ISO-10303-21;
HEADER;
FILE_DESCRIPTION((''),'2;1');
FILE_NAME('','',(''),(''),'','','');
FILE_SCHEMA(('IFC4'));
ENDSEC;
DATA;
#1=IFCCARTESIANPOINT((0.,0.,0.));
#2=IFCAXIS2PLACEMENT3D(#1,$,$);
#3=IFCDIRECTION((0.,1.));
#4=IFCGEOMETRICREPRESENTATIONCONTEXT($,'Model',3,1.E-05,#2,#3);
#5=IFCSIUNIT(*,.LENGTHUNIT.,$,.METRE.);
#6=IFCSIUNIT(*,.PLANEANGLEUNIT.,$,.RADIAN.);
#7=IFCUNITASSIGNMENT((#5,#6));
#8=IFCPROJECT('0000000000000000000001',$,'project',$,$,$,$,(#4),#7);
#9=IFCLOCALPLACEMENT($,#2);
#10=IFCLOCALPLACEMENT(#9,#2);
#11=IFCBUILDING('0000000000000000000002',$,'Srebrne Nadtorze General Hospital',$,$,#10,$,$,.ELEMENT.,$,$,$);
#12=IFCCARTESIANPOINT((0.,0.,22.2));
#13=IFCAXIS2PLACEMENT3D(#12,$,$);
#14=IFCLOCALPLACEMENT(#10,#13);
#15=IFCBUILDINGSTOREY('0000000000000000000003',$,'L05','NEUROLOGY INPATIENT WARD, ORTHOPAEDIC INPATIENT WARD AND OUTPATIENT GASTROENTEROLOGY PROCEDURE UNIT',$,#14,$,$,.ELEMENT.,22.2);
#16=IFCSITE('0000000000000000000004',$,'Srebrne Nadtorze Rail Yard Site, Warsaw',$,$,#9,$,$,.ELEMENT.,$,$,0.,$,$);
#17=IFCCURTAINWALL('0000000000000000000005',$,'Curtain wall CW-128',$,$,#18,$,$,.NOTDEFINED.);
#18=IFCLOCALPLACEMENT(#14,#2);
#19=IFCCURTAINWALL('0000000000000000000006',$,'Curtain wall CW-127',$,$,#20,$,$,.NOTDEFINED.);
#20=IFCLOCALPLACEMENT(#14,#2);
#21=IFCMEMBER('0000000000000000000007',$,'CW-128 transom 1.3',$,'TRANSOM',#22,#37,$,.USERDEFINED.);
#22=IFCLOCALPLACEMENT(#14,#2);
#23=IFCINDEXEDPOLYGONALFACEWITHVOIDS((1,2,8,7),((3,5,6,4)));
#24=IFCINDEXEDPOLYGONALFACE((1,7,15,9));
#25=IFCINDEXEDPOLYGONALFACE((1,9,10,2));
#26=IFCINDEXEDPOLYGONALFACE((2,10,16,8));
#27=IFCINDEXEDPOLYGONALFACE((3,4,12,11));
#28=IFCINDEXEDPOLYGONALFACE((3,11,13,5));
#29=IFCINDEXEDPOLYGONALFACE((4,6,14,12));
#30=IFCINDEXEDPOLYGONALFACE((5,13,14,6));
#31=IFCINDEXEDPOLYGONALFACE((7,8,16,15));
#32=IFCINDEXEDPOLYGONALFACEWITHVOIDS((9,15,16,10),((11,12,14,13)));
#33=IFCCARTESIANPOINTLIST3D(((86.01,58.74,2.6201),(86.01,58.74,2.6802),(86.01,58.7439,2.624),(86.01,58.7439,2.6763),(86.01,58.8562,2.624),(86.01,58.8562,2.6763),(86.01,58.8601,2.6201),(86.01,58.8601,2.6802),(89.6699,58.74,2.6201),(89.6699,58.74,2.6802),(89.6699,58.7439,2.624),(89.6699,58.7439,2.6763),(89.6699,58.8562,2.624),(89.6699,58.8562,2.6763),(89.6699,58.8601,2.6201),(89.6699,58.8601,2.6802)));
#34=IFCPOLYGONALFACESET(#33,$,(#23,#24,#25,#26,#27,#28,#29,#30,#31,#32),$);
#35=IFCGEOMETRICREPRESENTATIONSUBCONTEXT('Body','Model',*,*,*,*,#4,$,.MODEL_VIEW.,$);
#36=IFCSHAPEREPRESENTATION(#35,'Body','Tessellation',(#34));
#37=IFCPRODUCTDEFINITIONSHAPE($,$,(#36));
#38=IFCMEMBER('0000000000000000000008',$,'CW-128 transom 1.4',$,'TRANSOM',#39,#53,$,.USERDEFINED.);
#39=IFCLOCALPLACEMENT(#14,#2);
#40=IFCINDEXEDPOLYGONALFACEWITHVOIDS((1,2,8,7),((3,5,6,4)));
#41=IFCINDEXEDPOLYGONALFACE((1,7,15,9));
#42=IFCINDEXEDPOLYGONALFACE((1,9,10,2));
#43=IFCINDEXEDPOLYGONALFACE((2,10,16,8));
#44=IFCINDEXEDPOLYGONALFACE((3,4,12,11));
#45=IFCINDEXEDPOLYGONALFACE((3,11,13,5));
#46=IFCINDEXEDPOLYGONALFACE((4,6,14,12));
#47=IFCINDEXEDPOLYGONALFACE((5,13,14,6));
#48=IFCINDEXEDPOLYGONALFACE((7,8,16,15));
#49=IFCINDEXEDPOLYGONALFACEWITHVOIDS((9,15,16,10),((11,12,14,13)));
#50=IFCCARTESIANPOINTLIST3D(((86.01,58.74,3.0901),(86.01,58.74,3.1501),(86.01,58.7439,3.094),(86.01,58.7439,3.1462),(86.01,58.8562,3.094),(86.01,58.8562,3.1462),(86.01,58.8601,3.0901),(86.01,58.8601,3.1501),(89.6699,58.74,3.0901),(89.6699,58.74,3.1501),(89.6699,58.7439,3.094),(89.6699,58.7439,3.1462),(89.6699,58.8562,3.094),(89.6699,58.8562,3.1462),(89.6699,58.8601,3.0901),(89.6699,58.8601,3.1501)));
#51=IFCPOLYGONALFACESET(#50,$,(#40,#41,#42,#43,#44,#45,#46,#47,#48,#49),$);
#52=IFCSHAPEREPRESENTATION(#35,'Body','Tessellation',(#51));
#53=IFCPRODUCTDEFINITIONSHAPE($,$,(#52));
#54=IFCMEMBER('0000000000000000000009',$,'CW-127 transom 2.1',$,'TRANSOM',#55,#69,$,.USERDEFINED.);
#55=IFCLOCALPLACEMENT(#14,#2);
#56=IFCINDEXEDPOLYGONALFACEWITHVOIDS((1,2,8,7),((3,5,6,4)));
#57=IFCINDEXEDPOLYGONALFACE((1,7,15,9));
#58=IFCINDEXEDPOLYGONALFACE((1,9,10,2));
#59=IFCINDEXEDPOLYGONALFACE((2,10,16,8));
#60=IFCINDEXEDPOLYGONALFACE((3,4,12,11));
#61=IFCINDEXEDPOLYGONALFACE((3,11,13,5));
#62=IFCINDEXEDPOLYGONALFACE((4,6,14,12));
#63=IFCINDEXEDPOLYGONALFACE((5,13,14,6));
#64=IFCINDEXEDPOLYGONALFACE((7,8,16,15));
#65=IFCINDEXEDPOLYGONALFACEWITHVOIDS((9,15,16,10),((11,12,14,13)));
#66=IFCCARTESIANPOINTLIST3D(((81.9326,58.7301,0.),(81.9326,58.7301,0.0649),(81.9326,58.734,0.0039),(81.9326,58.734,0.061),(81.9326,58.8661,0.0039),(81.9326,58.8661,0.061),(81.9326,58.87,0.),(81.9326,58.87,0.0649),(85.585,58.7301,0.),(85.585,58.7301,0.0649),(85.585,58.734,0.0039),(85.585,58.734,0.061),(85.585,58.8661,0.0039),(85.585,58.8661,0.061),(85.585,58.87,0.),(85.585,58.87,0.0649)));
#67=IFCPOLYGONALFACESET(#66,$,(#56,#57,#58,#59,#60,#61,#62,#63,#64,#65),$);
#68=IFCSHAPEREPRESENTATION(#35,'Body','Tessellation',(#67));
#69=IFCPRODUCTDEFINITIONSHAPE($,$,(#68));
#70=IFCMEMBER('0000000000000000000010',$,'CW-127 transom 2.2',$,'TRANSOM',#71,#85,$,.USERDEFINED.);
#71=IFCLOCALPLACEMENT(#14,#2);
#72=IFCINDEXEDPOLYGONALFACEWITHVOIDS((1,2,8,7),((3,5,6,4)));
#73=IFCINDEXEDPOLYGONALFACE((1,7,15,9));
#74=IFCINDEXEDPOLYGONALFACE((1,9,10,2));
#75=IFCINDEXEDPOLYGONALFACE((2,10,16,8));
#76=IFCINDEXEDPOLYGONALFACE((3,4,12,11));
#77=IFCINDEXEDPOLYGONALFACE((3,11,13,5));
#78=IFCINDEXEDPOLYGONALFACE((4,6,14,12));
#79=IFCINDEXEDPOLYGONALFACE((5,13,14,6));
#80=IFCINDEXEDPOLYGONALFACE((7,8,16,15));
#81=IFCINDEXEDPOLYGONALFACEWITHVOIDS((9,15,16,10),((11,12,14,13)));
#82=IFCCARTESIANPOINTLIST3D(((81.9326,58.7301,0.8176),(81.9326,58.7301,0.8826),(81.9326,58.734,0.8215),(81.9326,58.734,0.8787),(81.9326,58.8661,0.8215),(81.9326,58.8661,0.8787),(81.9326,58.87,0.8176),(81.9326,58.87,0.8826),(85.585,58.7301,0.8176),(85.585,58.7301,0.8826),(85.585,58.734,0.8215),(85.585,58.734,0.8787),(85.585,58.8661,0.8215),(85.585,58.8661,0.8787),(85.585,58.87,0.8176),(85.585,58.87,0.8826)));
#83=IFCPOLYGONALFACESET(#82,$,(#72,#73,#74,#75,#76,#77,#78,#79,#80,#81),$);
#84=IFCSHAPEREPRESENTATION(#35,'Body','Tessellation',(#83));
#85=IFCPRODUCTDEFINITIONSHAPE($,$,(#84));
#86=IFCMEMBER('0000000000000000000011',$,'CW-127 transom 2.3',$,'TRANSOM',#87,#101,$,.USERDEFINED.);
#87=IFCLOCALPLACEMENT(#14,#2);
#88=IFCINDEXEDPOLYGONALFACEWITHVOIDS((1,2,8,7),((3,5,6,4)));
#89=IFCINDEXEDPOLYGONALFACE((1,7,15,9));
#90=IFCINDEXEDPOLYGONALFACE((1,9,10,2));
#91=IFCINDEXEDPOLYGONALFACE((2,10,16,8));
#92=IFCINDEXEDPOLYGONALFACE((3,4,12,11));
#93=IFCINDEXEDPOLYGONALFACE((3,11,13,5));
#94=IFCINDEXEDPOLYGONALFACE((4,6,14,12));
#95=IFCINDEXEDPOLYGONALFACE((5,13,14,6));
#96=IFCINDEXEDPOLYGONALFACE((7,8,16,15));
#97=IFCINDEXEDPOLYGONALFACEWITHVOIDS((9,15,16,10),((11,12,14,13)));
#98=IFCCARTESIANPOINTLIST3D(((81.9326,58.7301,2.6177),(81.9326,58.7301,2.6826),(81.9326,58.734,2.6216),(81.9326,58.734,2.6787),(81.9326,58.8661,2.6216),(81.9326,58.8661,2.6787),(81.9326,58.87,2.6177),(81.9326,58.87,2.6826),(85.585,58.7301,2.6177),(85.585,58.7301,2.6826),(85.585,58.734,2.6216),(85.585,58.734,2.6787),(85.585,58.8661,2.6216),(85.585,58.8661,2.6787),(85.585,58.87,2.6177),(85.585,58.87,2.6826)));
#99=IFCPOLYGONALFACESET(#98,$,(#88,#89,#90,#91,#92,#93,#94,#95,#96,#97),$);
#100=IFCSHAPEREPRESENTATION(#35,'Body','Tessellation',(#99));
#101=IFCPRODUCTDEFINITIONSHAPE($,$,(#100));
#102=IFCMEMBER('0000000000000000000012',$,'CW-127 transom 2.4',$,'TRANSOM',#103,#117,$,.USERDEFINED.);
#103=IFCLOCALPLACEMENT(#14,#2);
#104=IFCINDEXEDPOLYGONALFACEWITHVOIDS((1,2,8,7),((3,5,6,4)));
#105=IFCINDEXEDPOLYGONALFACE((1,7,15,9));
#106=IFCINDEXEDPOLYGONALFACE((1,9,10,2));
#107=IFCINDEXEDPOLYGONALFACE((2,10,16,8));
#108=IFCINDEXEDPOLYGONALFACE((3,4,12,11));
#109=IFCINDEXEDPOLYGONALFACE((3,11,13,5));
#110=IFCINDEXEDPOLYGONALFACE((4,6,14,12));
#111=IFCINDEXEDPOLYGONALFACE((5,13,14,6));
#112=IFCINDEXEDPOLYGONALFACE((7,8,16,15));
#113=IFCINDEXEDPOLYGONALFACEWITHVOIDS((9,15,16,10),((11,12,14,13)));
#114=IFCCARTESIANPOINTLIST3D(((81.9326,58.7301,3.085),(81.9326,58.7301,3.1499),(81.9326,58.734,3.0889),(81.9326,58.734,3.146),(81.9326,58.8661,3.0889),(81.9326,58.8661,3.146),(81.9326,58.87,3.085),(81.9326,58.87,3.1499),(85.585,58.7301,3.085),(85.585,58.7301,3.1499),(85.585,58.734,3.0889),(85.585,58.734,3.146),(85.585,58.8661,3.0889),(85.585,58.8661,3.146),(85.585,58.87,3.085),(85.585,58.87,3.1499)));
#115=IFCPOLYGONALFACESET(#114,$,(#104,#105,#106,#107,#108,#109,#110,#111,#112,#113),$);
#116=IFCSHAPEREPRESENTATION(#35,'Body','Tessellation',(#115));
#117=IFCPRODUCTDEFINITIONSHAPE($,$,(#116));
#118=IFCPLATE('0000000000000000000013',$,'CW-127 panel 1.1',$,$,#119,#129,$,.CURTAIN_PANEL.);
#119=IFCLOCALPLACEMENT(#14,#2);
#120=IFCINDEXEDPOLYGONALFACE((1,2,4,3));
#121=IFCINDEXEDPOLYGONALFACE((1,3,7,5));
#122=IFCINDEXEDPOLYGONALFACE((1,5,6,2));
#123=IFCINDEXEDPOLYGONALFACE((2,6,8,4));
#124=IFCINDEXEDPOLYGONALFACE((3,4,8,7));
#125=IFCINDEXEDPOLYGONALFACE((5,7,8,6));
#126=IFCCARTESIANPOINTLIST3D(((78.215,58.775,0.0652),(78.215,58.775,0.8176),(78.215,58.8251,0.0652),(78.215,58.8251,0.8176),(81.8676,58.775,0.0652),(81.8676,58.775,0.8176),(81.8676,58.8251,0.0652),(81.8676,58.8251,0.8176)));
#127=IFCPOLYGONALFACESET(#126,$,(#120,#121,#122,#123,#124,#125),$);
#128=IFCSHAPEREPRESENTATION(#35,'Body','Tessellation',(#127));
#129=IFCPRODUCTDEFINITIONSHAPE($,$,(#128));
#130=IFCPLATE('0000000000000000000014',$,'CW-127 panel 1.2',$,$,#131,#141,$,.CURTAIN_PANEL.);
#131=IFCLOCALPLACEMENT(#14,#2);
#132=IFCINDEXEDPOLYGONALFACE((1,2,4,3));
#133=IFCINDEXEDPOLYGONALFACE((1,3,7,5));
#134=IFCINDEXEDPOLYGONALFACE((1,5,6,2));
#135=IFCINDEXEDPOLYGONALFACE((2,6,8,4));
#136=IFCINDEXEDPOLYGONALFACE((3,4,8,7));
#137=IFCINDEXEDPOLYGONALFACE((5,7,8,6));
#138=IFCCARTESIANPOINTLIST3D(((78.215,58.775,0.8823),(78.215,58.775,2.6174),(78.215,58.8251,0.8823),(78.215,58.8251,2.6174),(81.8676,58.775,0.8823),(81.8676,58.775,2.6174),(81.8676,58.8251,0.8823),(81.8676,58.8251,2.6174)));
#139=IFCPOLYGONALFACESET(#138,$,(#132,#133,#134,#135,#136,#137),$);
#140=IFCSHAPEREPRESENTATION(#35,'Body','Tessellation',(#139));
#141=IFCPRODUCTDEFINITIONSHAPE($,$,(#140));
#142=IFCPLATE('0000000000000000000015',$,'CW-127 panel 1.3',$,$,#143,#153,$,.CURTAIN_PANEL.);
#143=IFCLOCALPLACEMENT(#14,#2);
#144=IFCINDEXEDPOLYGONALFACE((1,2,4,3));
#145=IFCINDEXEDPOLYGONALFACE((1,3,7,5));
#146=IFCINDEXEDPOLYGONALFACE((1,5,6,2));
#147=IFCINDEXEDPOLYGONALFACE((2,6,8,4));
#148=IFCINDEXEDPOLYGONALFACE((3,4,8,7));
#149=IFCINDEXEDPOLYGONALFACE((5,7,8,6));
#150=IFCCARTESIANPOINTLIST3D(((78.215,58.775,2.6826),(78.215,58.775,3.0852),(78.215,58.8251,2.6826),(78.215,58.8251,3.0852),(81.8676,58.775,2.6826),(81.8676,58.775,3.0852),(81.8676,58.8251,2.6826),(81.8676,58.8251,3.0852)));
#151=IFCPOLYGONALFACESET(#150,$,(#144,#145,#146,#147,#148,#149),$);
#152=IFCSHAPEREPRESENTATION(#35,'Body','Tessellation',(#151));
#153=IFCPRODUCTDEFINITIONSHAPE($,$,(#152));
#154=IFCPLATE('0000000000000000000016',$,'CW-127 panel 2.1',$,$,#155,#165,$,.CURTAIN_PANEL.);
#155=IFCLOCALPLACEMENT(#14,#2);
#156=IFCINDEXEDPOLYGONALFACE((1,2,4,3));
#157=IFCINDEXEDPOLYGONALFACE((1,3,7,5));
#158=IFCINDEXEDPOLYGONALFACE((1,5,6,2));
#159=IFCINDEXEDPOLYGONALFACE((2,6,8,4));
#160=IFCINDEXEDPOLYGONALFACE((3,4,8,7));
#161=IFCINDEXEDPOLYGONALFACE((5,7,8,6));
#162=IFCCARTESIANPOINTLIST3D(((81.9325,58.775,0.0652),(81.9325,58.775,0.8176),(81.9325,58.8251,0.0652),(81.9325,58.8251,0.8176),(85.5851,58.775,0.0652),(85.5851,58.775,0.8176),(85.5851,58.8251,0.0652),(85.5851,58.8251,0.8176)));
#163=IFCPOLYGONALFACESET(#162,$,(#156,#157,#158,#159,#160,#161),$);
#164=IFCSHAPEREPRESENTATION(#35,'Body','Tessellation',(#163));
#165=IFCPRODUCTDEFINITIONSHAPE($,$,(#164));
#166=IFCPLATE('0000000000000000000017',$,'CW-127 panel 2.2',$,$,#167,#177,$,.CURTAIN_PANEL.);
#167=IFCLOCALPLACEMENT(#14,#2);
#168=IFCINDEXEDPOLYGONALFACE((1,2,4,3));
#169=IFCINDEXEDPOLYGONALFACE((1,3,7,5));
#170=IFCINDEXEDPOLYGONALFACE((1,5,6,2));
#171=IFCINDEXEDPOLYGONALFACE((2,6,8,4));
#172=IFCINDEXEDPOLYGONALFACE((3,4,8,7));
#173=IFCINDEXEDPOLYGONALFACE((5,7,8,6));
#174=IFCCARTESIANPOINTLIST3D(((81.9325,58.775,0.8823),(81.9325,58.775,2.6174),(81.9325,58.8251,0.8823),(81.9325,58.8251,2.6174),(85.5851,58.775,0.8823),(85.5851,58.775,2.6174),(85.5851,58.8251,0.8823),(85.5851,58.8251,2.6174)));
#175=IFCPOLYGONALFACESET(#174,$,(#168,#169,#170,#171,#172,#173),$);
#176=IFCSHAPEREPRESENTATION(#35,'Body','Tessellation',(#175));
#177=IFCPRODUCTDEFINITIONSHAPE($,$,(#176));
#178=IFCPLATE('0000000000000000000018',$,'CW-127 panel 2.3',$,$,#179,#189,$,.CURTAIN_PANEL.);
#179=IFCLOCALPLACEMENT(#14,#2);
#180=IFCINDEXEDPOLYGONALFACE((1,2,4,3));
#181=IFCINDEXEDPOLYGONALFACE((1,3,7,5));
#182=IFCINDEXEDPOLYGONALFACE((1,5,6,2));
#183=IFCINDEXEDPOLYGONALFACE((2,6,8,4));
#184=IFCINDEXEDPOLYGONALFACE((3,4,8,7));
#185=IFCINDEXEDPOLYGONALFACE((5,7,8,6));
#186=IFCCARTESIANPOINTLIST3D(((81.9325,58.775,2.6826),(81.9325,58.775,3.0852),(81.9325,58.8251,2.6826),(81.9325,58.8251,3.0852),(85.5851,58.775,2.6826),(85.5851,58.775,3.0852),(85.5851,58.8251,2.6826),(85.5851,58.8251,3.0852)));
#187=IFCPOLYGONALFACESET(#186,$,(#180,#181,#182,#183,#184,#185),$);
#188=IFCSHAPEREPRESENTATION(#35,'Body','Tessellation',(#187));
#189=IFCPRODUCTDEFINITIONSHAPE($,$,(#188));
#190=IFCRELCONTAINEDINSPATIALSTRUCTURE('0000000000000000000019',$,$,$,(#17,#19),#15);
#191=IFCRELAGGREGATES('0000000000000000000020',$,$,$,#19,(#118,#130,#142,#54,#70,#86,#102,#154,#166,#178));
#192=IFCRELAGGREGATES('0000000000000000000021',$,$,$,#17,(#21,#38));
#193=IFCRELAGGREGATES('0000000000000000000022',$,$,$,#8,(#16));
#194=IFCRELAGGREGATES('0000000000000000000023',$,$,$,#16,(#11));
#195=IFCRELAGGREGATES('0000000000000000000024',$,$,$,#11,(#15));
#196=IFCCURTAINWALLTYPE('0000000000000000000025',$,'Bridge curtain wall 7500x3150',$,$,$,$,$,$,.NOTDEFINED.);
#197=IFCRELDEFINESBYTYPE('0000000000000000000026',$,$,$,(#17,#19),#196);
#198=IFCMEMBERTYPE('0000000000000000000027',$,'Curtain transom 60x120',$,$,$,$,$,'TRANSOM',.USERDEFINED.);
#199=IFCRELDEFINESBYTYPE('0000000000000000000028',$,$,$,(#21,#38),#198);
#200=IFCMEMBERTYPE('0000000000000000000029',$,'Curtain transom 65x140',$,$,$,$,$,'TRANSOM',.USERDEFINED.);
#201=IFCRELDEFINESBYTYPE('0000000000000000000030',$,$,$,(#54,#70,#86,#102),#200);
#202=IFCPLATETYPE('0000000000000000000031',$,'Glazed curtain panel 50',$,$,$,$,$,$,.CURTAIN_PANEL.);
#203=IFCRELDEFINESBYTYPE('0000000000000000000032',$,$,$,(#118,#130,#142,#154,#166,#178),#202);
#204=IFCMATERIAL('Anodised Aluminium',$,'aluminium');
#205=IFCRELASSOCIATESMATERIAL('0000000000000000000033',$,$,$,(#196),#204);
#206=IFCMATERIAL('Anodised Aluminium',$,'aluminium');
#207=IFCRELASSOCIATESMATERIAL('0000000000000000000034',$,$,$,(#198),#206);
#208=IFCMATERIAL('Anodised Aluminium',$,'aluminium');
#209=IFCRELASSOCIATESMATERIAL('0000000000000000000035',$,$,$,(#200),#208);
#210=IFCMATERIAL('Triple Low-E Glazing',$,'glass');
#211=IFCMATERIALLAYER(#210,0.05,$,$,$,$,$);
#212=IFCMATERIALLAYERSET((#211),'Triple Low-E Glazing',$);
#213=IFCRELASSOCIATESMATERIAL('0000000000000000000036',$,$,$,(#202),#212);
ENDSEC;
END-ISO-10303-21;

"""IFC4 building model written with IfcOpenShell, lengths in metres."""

from ifc_helpers import new_model, si_unit, direction, frame, origin, origin_2d, place, context, subcontext, project, spatial, rectangle, hollow_rectangle, extrude, material, layer, layer_set, material_profile, profile_set, type_object, element, aggregate, save


model = new_model("IFC4")

# Units and contexts
model_context = context("Model", 3, precision=1e-05, world=origin(), true_north=direction((0.0, 1.0)))
body_context = subcontext(model_context, "Body", "Model", "MODEL_VIEW")
ifc_project = project(units=[si_unit("LENGTHUNIT", "METRE"), si_unit("PLANEANGLEUNIT", "RADIAN")], contexts=[model_context])

# Site, building, storey
site_placement = place(None, origin())
site = spatial("IfcSite", under=ifc_project, at=site_placement, Name="Srebrne Nadtorze Rail Yard Site, Warsaw", CompositionType="ELEMENT", RefElevation=0.0)
building_placement = place(site_placement, origin())
building = spatial("IfcBuilding", under=site, at=building_placement, Name="Srebrne Nadtorze General Hospital", CompositionType="ELEMENT")
storey_placement = place(building_placement, frame((0.0, 0.0, 22.2)))
storey = spatial("IfcBuildingStorey", under=building, at=storey_placement, Name="L05", Description="NEUROLOGY INPATIENT WARD, ORTHOPAEDIC INPATIENT WARD AND OUTPATIENT GASTROENTEROLOGY PROCEDURE UNIT", CompositionType="ELEMENT", Elevation=22.2)

# Curtain wall
ifc_material_1 = material(Name="Anodised Aluminium", Category="aluminium")
curtain_wall_type = type_object("IfcCurtainWallType", Name="Bridge curtain wall 7500x3150", PredefinedType="NOTDEFINED", material=ifc_material_1)
curtain_wall_1_placement = place(storey_placement, origin())
curtain_wall_1 = element("IfcCurtainWall", 1, at=curtain_wall_1_placement, inside=storey, type_object=curtain_wall_type, Name="Curtain wall CW-128", PredefinedType="NOTDEFINED")

# Curtain wall
curtain_wall_2_placement = place(storey_placement, origin())
curtain_wall_2 = element("IfcCurtainWall", 2, at=curtain_wall_2_placement, inside=storey, type_object=curtain_wall_type, Name="Curtain wall CW-127", PredefinedType="NOTDEFINED")

# Members
ifc_material_2 = material(Name="Anodised Aluminium", Category="aluminium")
ifc_material_profile_1 = material_profile(ifc_material_2, hollow_rectangle(XDim=0.0601, YDim=0.1201, WallThickness=0.0039, at=origin_2d()), Name="AL-TRN-60x120")
ifc_profile_set_1 = profile_set([ifc_material_profile_1], Name="Anodised Aluminium")
member_type_1 = type_object("IfcMemberType", Name="Curtain transom 60x120", ElementType="TRANSOM", PredefinedType="USERDEFINED", material=ifc_profile_set_1)
member_1_placement = place(storey_placement, frame((86.01, 58.8, 2.6501), z_axis=(1.0, 0.0, 0.0), x_axis=(0.0, 0.0, 1.0)))
member_1 = element("IfcMember", 3, at=member_1_placement, type_object=member_type_1, Name="CW-128 transom 1.3", ObjectType="TRANSOM", PredefinedType="USERDEFINED", context=body_context, shape_type="SweptSolid", body=[
    extrude(hollow_rectangle(XDim=0.0601, YDim=0.1201, WallThickness=0.0039, at=origin_2d()), origin(), (0.0, 0.0, 1.0), 3.6599),
])
member_2_placement = place(storey_placement, frame((86.01, 58.8, 3.1201), z_axis=(1.0, 0.0, 0.0), x_axis=(0.0, 0.0, 1.0)))
member_2 = element("IfcMember", 4, at=member_2_placement, type_object=member_type_1, Name="CW-128 transom 1.4", ObjectType="TRANSOM", PredefinedType="USERDEFINED", context=body_context, shape_type="SweptSolid", body=[
    extrude(hollow_rectangle(XDim=0.0601, YDim=0.1201, WallThickness=0.0039, at=origin_2d()), origin(), (0.0, 0.0, 1.0), 3.6599),
])
ifc_material_3 = material(Name="Anodised Aluminium", Category="aluminium")
ifc_material_profile_2 = material_profile(ifc_material_3, hollow_rectangle(XDim=0.0649, YDim=0.1399, WallThickness=0.0039, at=origin_2d()), Name="AL-TRN-65x140")
ifc_profile_set_2 = profile_set([ifc_material_profile_2], Name="Anodised Aluminium")
member_type_2 = type_object("IfcMemberType", Name="Curtain transom 65x140", ElementType="TRANSOM", PredefinedType="USERDEFINED", material=ifc_profile_set_2)
member_3_placement = place(storey_placement, frame((81.9326, 58.8, 0.0325), z_axis=(1.0, 0.0, 0.0), x_axis=(0.0, 0.0, 1.0)))
member_3 = element("IfcMember", 5, at=member_3_placement, type_object=member_type_2, Name="CW-127 transom 2.1", ObjectType="TRANSOM", PredefinedType="USERDEFINED", context=body_context, shape_type="SweptSolid", body=[
    extrude(hollow_rectangle(XDim=0.0649, YDim=0.1399, WallThickness=0.0039, at=origin_2d()), origin(), (0.0, 0.0, 1.0), 3.6523),
])
member_4_placement = place(storey_placement, frame((81.9326, 58.8, 0.8501), z_axis=(1.0, 0.0, 0.0), x_axis=(0.0, 0.0, 1.0)))
member_4 = element("IfcMember", 6, at=member_4_placement, type_object=member_type_2, Name="CW-127 transom 2.2", ObjectType="TRANSOM", PredefinedType="USERDEFINED", context=body_context, shape_type="SweptSolid", body=[
    extrude(hollow_rectangle(XDim=0.0649, YDim=0.1399, WallThickness=0.0039, at=origin_2d()), origin(), (0.0, 0.0, 1.0), 3.6523),
])
member_5_placement = place(storey_placement, frame((81.9326, 58.8, 2.6501), z_axis=(1.0, 0.0, 0.0), x_axis=(0.0, 0.0, 1.0)))
member_5 = element("IfcMember", 7, at=member_5_placement, type_object=member_type_2, Name="CW-127 transom 2.3", ObjectType="TRANSOM", PredefinedType="USERDEFINED", context=body_context, shape_type="SweptSolid", body=[
    extrude(hollow_rectangle(XDim=0.0649, YDim=0.1399, WallThickness=0.0039, at=origin_2d()), origin(), (0.0, 0.0, 1.0), 3.6523),
])
member_6_placement = place(storey_placement, frame((81.9326, 58.8, 3.1174), z_axis=(1.0, 0.0, 0.0), x_axis=(0.0, 0.0, 1.0)))
member_6 = element("IfcMember", 8, at=member_6_placement, type_object=member_type_2, Name="CW-127 transom 2.4", ObjectType="TRANSOM", PredefinedType="USERDEFINED", context=body_context, shape_type="SweptSolid", body=[
    extrude(hollow_rectangle(XDim=0.0649, YDim=0.1399, WallThickness=0.0039, at=origin_2d()), origin(), (0.0, 0.0, 1.0), 3.6523),
])

# Plates
ifc_material_4 = material(Name="Triple Low-E Glazing", Category="glass")
ifc_layer = layer(ifc_material_4, 0.05)
ifc_layer_set = layer_set([ifc_layer], Name="Triple Low-E Glazing")
plate_type = type_object("IfcPlateType", Name="Glazed curtain panel 50", PredefinedType="CURTAIN_PANEL", material=ifc_layer_set)
plate_1_placement = place(storey_placement, frame((80.0413, 58.8, 0.0652), z_axis=(0.0, 0.0, 1.0), x_axis=(1.0, 0.0, 0.0)))
plate_1 = element("IfcPlate", 9, at=plate_1_placement, type_object=plate_type, Name="CW-127 panel 1.1", PredefinedType="CURTAIN_PANEL", context=body_context, shape_type="SweptSolid", body=[
    extrude(rectangle(XDim=3.6526, YDim=0.05, at=origin_2d()), origin(), (0.0, 0.0, 1.0), 0.7524),
])
plate_2_placement = place(storey_placement, frame((80.0413, 58.8, 0.8823), z_axis=(0.0, 0.0, 1.0), x_axis=(1.0, 0.0, 0.0)))
plate_2 = element("IfcPlate", 10, at=plate_2_placement, type_object=plate_type, Name="CW-127 panel 1.2", PredefinedType="CURTAIN_PANEL", context=body_context, shape_type="SweptSolid", body=[
    extrude(rectangle(XDim=3.6526, YDim=0.05, at=origin_2d()), origin(), (0.0, 0.0, 1.0), 1.7351),
])
plate_3_placement = place(storey_placement, frame((80.0413, 58.8, 2.6826), z_axis=(0.0, 0.0, 1.0), x_axis=(1.0, 0.0, 0.0)))
plate_3 = element("IfcPlate", 11, at=plate_3_placement, type_object=plate_type, Name="CW-127 panel 1.3", PredefinedType="CURTAIN_PANEL", context=body_context, shape_type="SweptSolid", body=[
    extrude(rectangle(XDim=3.6526, YDim=0.05, at=origin_2d()), origin(), (0.0, 0.0, 1.0), 0.4026),
])
plate_4_placement = place(storey_placement, frame((83.7588, 58.8, 0.0652), z_axis=(0.0, 0.0, 1.0), x_axis=(1.0, 0.0, 0.0)))
plate_4 = element("IfcPlate", 12, at=plate_4_placement, type_object=plate_type, Name="CW-127 panel 2.1", PredefinedType="CURTAIN_PANEL", context=body_context, shape_type="SweptSolid", body=[
    extrude(rectangle(XDim=3.6526, YDim=0.05, at=origin_2d()), origin(), (0.0, 0.0, 1.0), 0.7524),
])
plate_5_placement = place(storey_placement, frame((83.7588, 58.8, 0.8823), z_axis=(0.0, 0.0, 1.0), x_axis=(1.0, 0.0, 0.0)))
plate_5 = element("IfcPlate", 13, at=plate_5_placement, type_object=plate_type, Name="CW-127 panel 2.2", PredefinedType="CURTAIN_PANEL", context=body_context, shape_type="SweptSolid", body=[
    extrude(rectangle(XDim=3.6526, YDim=0.05, at=origin_2d()), origin(), (0.0, 0.0, 1.0), 1.7351),
])
plate_6_placement = place(storey_placement, frame((83.7588, 58.8, 2.6826), z_axis=(0.0, 0.0, 1.0), x_axis=(1.0, 0.0, 0.0)))
plate_6 = element("IfcPlate", 14, at=plate_6_placement, type_object=plate_type, Name="CW-127 panel 2.3", PredefinedType="CURTAIN_PANEL", context=body_context, shape_type="SweptSolid", body=[
    extrude(rectangle(XDim=3.6526, YDim=0.05, at=origin_2d()), origin(), (0.0, 0.0, 1.0), 0.4026),
])
aggregate(curtain_wall_2, [plate_1, plate_2, plate_3, member_3, member_4, member_5, member_6, plate_4, plate_5, plate_6])
aggregate(curtain_wall_1, [member_1, member_2])

save(model, "model.ifc")
